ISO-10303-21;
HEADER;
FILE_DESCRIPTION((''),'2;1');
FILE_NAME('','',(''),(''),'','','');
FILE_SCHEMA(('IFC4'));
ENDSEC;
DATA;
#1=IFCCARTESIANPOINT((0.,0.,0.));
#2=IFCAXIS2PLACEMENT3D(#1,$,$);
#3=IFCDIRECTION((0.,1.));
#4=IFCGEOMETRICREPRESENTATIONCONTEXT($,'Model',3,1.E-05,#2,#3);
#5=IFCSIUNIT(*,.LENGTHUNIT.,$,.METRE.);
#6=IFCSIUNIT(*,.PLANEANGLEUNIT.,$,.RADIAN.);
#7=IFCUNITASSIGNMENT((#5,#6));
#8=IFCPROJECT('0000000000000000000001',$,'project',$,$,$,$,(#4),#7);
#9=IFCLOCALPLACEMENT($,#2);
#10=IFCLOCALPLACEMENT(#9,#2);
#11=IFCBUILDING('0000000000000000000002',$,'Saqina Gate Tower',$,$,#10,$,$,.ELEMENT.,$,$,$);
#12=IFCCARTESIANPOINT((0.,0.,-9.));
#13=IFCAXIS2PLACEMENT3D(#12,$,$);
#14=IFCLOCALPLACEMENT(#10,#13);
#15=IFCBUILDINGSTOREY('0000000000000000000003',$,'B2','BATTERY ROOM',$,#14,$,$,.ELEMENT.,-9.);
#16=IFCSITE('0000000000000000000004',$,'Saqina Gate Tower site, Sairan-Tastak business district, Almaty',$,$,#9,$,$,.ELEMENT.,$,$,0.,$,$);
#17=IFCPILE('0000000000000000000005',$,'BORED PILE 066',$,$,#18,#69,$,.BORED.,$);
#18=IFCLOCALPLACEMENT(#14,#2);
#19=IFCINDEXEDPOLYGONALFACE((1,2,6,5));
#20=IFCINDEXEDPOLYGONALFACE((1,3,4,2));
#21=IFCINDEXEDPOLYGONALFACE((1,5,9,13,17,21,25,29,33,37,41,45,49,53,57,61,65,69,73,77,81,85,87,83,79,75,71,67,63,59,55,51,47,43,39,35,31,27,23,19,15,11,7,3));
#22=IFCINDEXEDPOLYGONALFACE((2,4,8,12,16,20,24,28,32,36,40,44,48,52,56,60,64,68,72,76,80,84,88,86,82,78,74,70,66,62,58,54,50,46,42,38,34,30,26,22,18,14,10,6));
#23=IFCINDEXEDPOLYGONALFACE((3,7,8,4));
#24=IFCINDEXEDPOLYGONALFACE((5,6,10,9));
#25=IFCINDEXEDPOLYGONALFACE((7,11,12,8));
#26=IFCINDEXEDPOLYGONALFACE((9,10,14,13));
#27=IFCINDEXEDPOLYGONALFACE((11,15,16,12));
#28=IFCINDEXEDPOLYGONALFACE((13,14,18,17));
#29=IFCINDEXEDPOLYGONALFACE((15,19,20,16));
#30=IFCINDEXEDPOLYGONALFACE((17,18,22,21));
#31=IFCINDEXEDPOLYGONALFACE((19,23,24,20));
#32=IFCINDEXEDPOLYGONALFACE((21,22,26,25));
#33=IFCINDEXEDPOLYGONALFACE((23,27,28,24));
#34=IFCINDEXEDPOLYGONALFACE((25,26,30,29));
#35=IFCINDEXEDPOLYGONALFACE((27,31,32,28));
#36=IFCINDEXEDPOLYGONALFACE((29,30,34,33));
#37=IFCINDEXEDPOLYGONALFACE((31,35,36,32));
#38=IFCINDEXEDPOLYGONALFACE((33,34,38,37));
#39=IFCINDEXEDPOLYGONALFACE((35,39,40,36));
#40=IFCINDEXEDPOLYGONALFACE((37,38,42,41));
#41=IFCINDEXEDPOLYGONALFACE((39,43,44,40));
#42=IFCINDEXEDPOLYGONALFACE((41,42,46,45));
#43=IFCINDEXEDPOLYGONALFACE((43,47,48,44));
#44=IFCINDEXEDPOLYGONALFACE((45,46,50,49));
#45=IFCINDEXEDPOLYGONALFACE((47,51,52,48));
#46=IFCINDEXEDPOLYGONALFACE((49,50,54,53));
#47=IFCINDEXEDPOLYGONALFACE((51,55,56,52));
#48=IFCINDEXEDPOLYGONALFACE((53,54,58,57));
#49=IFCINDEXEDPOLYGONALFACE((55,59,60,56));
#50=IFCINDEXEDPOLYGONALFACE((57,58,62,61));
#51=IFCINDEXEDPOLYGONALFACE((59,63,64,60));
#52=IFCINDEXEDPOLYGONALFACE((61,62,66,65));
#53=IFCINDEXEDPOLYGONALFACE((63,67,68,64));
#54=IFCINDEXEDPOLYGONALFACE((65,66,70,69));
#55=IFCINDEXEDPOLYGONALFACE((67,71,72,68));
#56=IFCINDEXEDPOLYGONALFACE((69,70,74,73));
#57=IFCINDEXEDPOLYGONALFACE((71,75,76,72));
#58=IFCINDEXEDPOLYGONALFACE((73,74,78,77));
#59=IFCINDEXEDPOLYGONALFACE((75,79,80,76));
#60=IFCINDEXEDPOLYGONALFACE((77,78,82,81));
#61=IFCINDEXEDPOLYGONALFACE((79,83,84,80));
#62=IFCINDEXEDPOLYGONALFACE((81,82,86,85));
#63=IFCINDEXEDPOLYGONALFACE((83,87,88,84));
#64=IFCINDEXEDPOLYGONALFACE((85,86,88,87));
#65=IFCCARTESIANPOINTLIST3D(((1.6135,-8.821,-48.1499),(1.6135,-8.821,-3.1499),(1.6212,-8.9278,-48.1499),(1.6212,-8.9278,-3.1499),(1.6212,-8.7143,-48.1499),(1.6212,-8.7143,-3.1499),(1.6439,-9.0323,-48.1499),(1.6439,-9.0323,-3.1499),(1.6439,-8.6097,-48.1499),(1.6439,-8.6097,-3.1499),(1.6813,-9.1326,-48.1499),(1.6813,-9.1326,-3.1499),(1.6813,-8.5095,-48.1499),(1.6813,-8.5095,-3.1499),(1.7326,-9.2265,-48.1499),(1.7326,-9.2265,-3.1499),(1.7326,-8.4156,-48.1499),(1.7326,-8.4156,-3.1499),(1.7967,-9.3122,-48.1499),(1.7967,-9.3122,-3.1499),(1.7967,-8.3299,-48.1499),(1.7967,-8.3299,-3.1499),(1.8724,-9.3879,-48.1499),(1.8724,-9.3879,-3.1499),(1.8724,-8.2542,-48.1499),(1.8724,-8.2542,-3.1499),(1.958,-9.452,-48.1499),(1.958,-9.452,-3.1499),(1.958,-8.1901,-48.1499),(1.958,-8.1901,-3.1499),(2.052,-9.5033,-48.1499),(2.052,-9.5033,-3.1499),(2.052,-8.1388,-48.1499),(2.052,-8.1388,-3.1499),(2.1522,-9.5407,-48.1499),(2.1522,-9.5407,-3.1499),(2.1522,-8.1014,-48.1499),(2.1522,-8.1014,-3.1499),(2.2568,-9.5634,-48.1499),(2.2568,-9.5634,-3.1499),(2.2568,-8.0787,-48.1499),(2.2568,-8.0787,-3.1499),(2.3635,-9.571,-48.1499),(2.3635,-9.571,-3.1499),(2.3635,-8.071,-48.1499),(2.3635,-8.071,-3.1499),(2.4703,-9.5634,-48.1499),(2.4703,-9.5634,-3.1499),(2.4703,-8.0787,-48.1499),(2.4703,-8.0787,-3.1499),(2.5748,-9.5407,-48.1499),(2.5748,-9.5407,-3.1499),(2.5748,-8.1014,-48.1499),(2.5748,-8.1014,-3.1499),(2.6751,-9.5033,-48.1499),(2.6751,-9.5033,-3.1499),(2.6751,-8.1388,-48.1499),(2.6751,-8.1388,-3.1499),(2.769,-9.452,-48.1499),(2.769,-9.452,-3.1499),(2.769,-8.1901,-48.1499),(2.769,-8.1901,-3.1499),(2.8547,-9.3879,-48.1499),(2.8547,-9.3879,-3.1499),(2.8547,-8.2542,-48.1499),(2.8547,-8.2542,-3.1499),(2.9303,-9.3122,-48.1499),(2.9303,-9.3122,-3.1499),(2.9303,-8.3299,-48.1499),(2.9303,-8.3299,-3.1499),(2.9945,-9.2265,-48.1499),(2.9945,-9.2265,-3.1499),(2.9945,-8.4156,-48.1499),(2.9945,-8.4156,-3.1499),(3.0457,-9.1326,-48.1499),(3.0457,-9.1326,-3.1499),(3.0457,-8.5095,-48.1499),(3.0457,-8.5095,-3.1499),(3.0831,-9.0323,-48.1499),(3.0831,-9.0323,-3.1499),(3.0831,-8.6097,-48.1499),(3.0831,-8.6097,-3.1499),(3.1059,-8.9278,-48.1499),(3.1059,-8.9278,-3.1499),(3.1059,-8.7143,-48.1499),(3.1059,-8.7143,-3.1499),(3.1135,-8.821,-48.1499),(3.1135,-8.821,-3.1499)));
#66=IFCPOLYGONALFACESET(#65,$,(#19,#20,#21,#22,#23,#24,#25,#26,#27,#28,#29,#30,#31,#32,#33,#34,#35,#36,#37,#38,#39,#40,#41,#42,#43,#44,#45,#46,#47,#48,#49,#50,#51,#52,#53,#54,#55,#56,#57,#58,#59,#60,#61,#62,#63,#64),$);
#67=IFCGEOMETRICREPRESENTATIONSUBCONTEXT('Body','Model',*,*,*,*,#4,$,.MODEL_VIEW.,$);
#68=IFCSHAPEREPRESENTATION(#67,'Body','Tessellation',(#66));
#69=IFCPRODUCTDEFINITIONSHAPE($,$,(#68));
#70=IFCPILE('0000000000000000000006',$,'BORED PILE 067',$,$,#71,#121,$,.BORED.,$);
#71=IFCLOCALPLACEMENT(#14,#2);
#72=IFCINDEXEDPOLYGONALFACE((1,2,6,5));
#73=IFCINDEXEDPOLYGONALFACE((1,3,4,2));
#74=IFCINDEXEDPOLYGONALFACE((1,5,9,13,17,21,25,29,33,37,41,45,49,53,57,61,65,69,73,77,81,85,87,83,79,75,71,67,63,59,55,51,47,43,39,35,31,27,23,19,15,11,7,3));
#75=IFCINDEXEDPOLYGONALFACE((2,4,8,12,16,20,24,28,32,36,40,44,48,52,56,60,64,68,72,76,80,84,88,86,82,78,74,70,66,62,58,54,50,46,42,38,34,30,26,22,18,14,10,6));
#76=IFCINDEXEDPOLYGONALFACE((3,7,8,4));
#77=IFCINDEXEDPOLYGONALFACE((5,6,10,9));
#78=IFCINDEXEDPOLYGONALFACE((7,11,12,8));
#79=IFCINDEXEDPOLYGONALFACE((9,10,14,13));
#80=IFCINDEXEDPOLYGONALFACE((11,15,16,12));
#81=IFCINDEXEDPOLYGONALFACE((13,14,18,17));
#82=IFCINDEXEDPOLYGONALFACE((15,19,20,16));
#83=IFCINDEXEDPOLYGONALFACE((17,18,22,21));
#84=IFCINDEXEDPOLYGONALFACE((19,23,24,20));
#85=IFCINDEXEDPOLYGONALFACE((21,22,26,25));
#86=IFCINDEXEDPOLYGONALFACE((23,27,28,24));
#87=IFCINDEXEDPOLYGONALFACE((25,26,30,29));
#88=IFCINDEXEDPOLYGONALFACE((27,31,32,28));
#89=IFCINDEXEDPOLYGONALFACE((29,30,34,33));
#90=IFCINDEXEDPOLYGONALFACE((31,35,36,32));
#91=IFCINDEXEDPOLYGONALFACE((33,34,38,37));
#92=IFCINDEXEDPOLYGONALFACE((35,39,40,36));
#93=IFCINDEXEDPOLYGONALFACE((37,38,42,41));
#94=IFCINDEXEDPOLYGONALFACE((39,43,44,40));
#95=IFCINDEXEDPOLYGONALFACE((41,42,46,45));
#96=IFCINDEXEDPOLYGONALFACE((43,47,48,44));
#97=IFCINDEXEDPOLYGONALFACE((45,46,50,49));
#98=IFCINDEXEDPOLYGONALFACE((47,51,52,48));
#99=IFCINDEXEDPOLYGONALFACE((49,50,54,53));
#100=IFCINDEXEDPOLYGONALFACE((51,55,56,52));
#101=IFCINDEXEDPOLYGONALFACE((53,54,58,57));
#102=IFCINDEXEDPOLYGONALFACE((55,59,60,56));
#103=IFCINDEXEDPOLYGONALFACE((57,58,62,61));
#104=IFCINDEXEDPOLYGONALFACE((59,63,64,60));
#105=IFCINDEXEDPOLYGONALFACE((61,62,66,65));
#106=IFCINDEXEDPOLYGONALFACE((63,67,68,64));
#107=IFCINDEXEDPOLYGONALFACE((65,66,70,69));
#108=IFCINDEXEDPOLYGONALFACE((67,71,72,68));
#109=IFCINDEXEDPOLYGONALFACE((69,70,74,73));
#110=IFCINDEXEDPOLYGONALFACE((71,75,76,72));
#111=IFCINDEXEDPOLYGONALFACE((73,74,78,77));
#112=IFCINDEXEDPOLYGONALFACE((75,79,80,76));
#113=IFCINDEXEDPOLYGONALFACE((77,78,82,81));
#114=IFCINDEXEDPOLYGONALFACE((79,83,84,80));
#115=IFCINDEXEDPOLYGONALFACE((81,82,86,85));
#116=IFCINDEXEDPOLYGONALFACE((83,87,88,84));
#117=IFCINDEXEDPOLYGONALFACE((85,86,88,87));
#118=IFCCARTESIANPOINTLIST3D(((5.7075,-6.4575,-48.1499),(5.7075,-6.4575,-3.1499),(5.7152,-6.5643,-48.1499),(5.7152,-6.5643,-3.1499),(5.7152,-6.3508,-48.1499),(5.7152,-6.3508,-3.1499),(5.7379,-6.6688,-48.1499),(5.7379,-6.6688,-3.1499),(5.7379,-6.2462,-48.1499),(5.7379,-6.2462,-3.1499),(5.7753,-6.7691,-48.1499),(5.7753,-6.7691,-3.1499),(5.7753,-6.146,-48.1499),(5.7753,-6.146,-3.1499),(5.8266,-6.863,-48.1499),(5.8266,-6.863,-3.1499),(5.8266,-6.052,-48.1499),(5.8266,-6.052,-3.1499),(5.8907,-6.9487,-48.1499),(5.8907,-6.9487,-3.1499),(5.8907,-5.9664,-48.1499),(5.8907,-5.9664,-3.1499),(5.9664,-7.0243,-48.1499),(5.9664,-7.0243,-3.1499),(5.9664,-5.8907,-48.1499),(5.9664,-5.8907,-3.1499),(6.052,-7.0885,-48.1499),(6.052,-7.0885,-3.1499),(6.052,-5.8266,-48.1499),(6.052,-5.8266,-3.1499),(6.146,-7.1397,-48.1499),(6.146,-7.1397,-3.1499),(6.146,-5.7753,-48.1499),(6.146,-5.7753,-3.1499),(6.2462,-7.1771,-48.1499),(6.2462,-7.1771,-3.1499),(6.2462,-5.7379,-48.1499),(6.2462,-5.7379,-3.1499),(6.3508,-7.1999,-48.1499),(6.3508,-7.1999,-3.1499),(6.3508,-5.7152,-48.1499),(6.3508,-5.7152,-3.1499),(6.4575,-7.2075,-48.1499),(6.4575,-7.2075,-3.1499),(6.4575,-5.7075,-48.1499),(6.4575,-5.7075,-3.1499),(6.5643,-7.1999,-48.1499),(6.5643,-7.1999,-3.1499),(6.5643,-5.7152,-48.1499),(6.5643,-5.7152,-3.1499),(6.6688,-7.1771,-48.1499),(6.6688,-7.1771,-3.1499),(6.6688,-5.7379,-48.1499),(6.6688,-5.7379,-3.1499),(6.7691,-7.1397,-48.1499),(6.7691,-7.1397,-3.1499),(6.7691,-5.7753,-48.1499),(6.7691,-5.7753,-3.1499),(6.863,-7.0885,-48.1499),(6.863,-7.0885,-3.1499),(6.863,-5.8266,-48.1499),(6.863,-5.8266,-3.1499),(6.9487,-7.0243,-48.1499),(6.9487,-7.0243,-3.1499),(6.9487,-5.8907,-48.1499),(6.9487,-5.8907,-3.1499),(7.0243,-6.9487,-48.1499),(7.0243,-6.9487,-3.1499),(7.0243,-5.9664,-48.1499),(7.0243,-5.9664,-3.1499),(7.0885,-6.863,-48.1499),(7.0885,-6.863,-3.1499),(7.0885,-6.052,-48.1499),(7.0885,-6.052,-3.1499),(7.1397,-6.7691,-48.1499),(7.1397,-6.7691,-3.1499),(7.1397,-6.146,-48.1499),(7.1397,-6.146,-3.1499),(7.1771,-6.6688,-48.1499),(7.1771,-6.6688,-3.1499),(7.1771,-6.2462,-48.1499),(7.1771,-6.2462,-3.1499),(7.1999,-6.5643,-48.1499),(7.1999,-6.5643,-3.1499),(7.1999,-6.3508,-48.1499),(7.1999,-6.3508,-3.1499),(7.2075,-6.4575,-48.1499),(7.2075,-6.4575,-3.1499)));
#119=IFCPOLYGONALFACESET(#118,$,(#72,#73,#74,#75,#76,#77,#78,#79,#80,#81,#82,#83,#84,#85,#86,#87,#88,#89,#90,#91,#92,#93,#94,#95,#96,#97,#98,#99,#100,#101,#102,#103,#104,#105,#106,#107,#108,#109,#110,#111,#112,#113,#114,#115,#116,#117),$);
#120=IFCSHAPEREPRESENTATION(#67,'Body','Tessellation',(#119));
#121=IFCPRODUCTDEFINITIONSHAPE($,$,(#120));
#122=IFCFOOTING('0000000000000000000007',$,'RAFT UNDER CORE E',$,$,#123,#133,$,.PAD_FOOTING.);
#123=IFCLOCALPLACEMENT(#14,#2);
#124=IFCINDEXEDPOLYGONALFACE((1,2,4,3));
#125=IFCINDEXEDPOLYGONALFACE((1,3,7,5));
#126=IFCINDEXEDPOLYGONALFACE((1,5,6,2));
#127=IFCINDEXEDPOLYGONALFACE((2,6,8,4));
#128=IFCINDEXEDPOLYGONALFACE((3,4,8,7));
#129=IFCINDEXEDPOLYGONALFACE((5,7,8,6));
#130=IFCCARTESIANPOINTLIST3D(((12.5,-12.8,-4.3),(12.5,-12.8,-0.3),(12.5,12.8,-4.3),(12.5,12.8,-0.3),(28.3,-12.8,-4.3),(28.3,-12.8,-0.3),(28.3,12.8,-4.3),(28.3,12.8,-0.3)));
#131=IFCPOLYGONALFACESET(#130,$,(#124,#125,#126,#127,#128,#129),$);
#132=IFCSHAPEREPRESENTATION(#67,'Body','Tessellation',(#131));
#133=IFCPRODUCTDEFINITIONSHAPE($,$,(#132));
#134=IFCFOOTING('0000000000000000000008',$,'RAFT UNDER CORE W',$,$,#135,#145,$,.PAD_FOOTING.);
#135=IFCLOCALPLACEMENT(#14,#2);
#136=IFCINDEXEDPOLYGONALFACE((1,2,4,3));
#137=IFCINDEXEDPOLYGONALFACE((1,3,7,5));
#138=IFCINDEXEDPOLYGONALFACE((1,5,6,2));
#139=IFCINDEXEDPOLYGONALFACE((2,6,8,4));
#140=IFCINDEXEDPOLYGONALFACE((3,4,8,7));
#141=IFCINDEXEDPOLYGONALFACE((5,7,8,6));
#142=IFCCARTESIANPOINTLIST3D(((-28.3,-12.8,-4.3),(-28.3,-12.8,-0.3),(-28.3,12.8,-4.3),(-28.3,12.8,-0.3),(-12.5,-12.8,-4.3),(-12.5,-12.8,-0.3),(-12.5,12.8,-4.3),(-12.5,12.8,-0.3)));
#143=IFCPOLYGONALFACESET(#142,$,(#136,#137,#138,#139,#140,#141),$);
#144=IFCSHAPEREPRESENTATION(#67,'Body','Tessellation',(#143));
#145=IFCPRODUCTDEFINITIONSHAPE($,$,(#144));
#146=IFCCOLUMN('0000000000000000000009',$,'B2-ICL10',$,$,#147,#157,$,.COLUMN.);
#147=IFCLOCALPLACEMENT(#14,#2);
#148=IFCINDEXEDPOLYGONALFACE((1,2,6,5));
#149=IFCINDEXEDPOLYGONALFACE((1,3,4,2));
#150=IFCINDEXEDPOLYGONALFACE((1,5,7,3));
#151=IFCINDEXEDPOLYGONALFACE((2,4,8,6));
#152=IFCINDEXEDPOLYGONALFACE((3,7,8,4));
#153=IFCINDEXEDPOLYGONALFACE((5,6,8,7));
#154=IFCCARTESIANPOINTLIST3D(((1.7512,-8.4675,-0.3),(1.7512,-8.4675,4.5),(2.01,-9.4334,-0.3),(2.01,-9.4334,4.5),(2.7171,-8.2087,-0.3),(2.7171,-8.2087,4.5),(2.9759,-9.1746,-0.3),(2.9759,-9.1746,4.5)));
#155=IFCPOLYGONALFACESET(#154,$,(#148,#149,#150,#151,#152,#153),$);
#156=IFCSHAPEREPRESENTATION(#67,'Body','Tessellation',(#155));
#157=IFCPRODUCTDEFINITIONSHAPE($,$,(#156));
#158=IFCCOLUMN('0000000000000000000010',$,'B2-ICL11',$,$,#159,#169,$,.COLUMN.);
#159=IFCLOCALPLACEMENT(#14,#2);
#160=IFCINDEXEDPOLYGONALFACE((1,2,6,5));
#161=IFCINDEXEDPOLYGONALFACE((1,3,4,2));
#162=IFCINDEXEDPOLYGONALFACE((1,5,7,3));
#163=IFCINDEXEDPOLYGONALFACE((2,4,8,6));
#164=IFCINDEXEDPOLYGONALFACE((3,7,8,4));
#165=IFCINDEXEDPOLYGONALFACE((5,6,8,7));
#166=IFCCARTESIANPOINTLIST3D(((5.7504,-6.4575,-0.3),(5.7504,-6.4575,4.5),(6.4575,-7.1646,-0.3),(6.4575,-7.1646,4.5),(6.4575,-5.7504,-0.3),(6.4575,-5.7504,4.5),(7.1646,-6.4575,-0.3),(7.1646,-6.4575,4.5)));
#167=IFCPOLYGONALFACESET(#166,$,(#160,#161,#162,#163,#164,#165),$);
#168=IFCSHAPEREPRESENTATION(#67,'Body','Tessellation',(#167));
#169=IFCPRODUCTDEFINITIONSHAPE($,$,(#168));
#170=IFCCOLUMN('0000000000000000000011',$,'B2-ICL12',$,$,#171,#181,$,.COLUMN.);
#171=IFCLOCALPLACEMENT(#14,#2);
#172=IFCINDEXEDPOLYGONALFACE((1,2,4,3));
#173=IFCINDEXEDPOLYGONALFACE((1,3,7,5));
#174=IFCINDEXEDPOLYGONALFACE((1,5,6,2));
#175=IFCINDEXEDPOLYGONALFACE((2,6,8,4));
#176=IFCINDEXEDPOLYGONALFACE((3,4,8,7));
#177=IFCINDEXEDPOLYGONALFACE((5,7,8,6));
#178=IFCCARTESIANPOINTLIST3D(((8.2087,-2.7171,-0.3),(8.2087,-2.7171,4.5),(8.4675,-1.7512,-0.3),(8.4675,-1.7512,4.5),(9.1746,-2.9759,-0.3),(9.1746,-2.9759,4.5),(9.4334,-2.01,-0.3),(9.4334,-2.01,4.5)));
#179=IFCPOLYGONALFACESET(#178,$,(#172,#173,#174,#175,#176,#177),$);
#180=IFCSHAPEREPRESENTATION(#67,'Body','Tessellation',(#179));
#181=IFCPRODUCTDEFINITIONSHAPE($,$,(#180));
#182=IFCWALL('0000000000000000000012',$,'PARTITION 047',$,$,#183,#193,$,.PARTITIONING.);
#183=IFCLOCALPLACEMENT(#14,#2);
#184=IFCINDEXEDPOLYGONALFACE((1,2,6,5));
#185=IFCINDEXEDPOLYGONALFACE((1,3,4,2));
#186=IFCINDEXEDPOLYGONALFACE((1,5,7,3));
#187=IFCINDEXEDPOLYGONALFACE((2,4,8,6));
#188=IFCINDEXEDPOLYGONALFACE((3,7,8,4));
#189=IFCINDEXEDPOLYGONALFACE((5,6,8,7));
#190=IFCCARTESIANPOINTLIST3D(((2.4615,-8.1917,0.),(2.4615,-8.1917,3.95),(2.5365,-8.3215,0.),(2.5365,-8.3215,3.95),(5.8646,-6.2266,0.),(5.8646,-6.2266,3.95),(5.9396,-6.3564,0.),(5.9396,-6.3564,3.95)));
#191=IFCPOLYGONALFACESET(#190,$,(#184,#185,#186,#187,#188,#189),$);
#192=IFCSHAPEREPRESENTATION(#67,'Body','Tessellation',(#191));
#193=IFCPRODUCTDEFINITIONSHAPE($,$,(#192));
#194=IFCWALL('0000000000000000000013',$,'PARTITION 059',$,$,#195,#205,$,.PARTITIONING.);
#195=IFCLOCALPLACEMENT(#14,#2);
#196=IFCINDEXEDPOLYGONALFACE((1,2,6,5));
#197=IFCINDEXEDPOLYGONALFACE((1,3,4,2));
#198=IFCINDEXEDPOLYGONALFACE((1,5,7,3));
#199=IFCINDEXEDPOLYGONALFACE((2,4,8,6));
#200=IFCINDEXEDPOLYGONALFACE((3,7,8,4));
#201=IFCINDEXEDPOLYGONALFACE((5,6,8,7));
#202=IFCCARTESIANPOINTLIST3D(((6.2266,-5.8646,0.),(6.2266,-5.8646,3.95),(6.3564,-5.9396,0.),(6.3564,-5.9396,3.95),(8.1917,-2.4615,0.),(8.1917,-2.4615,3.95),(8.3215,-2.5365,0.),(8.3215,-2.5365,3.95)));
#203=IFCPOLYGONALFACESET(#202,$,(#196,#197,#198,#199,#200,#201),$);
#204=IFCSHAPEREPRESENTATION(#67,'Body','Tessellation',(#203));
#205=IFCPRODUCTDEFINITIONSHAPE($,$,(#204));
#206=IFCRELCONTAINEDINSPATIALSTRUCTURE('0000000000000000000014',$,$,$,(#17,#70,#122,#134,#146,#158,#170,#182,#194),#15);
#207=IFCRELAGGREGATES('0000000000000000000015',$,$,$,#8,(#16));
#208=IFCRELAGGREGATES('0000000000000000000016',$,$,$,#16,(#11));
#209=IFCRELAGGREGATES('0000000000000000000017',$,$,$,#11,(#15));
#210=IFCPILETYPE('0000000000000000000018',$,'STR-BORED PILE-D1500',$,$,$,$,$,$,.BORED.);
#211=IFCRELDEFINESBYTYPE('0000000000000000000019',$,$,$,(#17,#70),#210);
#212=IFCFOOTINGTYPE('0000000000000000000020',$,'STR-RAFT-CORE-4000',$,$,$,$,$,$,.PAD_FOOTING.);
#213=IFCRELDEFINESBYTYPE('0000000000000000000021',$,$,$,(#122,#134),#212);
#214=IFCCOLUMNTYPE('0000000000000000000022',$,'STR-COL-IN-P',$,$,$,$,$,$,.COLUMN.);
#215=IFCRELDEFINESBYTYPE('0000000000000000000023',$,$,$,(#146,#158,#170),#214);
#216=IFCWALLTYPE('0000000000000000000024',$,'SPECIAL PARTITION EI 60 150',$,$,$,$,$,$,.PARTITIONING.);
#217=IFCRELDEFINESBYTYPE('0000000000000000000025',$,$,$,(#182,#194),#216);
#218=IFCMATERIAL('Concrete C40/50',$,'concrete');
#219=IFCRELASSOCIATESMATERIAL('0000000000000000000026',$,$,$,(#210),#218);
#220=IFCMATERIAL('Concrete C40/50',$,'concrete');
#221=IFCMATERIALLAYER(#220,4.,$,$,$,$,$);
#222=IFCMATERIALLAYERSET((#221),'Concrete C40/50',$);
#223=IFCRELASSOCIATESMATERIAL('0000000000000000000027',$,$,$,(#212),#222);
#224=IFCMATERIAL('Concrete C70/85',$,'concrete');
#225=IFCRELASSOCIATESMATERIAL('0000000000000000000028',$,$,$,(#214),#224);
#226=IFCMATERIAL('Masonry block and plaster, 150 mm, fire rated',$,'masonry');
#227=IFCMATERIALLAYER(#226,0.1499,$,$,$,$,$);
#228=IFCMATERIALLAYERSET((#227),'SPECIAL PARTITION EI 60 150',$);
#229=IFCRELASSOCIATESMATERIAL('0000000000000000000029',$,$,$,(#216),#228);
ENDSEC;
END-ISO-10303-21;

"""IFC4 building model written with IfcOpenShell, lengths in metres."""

from ifc_helpers import new_model, si_unit, direction, frame, frame_2d, origin, origin_2d, place, context, subcontext, project, spatial, polyline, rectangle, circle, outline, extrude, material, layer, layer_set, material_profile, profile_set, type_object, element, save


model = new_model("IFC4")

# Units and contexts
model_context = context("Model", 3, precision=1e-05, world=origin(), true_north=direction((0.0, 1.0)))
body_context = subcontext(model_context, "Body", "Model", "MODEL_VIEW")
ifc_project = project(units=[si_unit("LENGTHUNIT", "METRE"), si_unit("PLANEANGLEUNIT", "RADIAN")], contexts=[model_context])

# Site, building, storey
site_placement = place(None, origin())
site = spatial("IfcSite", under=ifc_project, at=site_placement, Name="Saqina Gate Tower site, Sairan-Tastak business district, Almaty", CompositionType="ELEMENT", RefElevation=0.0)
building_placement = place(site_placement, origin())
building = spatial("IfcBuilding", under=site, at=building_placement, Name="Saqina Gate Tower", CompositionType="ELEMENT")
storey_placement = place(building_placement, frame((0.0, 0.0, -9.0)))
storey = spatial("IfcBuildingStorey", under=building, at=storey_placement, Name="B2", Description="BATTERY ROOM", CompositionType="ELEMENT", Elevation=-9.0)

# Piles
ifc_material_1 = material(Name="Concrete C40/50", Category="concrete")
ifc_material_profile_1 = material_profile(ifc_material_1, circle(Radius=0.75, at=origin_2d()), Name="RC D1500")
ifc_profile_set_1 = profile_set([ifc_material_profile_1], Name="Concrete C40/50")
pile_type = type_object("IfcPileType", Name="STR-BORED PILE-D1500", PredefinedType="BORED", material=ifc_profile_set_1)
for number, where, z_axis, x_axis, name in (
    (1, (2.3635, -8.821, -3.1499), (0.0, 0.0, -1.0), (1.0, 0.0, 0.0), "BORED PILE 066"),
    (2, (6.4575, -6.4575, -3.1499), (0.0, 0.0, -1.0), (1.0, 0.0, 0.0), "BORED PILE 067"),
):
    element("IfcPile", number, at=place(storey_placement, frame(where, z_axis=z_axis, x_axis=x_axis)), inside=storey, type_object=pile_type, Name=name, PredefinedType="BORED", context=body_context, shape_type="SweptSolid", body=[
        extrude(circle(Radius=0.75, at=origin_2d()), origin(), (0.0, 0.0, 1.0), 45.0),
    ])

# Footings
ifc_material_2 = material(Name="Concrete C40/50", Category="concrete")
ifc_layer_1 = layer(ifc_material_2, 4.0)
ifc_layer_set_1 = layer_set([ifc_layer_1], Name="Concrete C40/50")
footing_type = type_object("IfcFootingType", Name="STR-RAFT-CORE-4000", PredefinedType="PAD_FOOTING", material=ifc_layer_set_1)
footing_1_placement = place(storey_placement, frame((0.0, 0.0, -4.3)))
element("IfcFooting", 3, at=footing_1_placement, inside=storey, type_object=footing_type, Name="RAFT UNDER CORE E", PredefinedType="PAD_FOOTING", context=body_context, shape_type="SweptSolid", body=[
    extrude(outline(polyline([(28.3, -12.8), (28.3, 12.8), (12.5, 12.8), (12.5, -12.8), (28.3, -12.8)])), origin(), (0.0, 0.0, 1.0), 4.0),
])
footing_2_placement = place(storey_placement, frame((0.0, 0.0, -4.3)))
element("IfcFooting", 4, at=footing_2_placement, inside=storey, type_object=footing_type, Name="RAFT UNDER CORE W", PredefinedType="PAD_FOOTING", context=body_context, shape_type="SweptSolid", body=[
    extrude(outline(polyline([(-12.5, -12.8), (-12.5, 12.8), (-28.3, 12.8), (-28.3, -12.8), (-12.5, -12.8)])), origin(), (0.0, 0.0, 1.0), 4.0),
])

# Columns
ifc_material_3 = material(Name="Concrete C70/85", Category="concrete")
ifc_material_profile_2 = material_profile(ifc_material_3, rectangle(XDim=1.0, YDim=1.0, at=origin_2d()), Name="RC 1000x1000")
ifc_profile_set_2 = profile_set([ifc_material_profile_2], Name="Concrete C70/85")
column_type = type_object("IfcColumnType", Name="STR-COL-IN-P", PredefinedType="COLUMN", material=ifc_profile_set_2)
for number, where, z_axis, x_axis, name in (
    (5, (2.3635, -8.821, -0.3), (0.0, 0.0, 1.0), (0.258819, -0.965926, 0.0), "B2-ICL10"),
    (6, (6.4575, -6.4575, -0.3), (0.0, 0.0, 1.0), (0.707107, -0.707107, 0.0), "B2-ICL11"),
    (7, (8.821, -2.3635, -0.3), (0.0, 0.0, 1.0), (0.965926, -0.258819, 0.0), "B2-ICL12"),
):
    element("IfcColumn", number, at=place(storey_placement, frame(where, z_axis=z_axis, x_axis=x_axis)), inside=storey, type_object=column_type, Name=name, PredefinedType="COLUMN", context=body_context, shape_type="SweptSolid", body=[
        extrude(rectangle(XDim=1.0, YDim=1.0, at=origin_2d()), origin(), (0.0, 0.0, 1.0), 4.8),
    ])

# Walls
ifc_material_4 = material(Name="Masonry block and plaster, 150 mm, fire rated", Category="masonry")
ifc_layer_2 = layer(ifc_material_4, 0.1499)
ifc_layer_set_2 = layer_set([ifc_layer_2], Name="SPECIAL PARTITION EI 60 150")
wall_type = type_object("IfcWallType", Name="SPECIAL PARTITION EI 60 150", PredefinedType="PARTITIONING", material=ifc_layer_set_2)
for number, where, z_axis, x_axis, name in (
    (8, (2.499, -8.2566, 0.0), (0.0, 0.0, 1.0), (0.86599, 0.500061, 0.0), "PARTITION 047"),
    (9, (6.2915, -5.9021, 0.0), (0.0, 0.0, 1.0), (0.500061, 0.86599, 0.0), "PARTITION 059"),
):
    element("IfcWall", number, at=place(storey_placement, frame(where, z_axis=z_axis, x_axis=x_axis)), inside=storey, type_object=wall_type, Name=name, PredefinedType="PARTITIONING", context=body_context, shape_type="SweptSolid", body=[
        extrude(rectangle(XDim=3.9297, YDim=0.1499, at=frame_2d((1.9648, 0.0))), origin(), (0.0, 0.0, 1.0), 3.95),
    ])

save(model, "model.ifc")
